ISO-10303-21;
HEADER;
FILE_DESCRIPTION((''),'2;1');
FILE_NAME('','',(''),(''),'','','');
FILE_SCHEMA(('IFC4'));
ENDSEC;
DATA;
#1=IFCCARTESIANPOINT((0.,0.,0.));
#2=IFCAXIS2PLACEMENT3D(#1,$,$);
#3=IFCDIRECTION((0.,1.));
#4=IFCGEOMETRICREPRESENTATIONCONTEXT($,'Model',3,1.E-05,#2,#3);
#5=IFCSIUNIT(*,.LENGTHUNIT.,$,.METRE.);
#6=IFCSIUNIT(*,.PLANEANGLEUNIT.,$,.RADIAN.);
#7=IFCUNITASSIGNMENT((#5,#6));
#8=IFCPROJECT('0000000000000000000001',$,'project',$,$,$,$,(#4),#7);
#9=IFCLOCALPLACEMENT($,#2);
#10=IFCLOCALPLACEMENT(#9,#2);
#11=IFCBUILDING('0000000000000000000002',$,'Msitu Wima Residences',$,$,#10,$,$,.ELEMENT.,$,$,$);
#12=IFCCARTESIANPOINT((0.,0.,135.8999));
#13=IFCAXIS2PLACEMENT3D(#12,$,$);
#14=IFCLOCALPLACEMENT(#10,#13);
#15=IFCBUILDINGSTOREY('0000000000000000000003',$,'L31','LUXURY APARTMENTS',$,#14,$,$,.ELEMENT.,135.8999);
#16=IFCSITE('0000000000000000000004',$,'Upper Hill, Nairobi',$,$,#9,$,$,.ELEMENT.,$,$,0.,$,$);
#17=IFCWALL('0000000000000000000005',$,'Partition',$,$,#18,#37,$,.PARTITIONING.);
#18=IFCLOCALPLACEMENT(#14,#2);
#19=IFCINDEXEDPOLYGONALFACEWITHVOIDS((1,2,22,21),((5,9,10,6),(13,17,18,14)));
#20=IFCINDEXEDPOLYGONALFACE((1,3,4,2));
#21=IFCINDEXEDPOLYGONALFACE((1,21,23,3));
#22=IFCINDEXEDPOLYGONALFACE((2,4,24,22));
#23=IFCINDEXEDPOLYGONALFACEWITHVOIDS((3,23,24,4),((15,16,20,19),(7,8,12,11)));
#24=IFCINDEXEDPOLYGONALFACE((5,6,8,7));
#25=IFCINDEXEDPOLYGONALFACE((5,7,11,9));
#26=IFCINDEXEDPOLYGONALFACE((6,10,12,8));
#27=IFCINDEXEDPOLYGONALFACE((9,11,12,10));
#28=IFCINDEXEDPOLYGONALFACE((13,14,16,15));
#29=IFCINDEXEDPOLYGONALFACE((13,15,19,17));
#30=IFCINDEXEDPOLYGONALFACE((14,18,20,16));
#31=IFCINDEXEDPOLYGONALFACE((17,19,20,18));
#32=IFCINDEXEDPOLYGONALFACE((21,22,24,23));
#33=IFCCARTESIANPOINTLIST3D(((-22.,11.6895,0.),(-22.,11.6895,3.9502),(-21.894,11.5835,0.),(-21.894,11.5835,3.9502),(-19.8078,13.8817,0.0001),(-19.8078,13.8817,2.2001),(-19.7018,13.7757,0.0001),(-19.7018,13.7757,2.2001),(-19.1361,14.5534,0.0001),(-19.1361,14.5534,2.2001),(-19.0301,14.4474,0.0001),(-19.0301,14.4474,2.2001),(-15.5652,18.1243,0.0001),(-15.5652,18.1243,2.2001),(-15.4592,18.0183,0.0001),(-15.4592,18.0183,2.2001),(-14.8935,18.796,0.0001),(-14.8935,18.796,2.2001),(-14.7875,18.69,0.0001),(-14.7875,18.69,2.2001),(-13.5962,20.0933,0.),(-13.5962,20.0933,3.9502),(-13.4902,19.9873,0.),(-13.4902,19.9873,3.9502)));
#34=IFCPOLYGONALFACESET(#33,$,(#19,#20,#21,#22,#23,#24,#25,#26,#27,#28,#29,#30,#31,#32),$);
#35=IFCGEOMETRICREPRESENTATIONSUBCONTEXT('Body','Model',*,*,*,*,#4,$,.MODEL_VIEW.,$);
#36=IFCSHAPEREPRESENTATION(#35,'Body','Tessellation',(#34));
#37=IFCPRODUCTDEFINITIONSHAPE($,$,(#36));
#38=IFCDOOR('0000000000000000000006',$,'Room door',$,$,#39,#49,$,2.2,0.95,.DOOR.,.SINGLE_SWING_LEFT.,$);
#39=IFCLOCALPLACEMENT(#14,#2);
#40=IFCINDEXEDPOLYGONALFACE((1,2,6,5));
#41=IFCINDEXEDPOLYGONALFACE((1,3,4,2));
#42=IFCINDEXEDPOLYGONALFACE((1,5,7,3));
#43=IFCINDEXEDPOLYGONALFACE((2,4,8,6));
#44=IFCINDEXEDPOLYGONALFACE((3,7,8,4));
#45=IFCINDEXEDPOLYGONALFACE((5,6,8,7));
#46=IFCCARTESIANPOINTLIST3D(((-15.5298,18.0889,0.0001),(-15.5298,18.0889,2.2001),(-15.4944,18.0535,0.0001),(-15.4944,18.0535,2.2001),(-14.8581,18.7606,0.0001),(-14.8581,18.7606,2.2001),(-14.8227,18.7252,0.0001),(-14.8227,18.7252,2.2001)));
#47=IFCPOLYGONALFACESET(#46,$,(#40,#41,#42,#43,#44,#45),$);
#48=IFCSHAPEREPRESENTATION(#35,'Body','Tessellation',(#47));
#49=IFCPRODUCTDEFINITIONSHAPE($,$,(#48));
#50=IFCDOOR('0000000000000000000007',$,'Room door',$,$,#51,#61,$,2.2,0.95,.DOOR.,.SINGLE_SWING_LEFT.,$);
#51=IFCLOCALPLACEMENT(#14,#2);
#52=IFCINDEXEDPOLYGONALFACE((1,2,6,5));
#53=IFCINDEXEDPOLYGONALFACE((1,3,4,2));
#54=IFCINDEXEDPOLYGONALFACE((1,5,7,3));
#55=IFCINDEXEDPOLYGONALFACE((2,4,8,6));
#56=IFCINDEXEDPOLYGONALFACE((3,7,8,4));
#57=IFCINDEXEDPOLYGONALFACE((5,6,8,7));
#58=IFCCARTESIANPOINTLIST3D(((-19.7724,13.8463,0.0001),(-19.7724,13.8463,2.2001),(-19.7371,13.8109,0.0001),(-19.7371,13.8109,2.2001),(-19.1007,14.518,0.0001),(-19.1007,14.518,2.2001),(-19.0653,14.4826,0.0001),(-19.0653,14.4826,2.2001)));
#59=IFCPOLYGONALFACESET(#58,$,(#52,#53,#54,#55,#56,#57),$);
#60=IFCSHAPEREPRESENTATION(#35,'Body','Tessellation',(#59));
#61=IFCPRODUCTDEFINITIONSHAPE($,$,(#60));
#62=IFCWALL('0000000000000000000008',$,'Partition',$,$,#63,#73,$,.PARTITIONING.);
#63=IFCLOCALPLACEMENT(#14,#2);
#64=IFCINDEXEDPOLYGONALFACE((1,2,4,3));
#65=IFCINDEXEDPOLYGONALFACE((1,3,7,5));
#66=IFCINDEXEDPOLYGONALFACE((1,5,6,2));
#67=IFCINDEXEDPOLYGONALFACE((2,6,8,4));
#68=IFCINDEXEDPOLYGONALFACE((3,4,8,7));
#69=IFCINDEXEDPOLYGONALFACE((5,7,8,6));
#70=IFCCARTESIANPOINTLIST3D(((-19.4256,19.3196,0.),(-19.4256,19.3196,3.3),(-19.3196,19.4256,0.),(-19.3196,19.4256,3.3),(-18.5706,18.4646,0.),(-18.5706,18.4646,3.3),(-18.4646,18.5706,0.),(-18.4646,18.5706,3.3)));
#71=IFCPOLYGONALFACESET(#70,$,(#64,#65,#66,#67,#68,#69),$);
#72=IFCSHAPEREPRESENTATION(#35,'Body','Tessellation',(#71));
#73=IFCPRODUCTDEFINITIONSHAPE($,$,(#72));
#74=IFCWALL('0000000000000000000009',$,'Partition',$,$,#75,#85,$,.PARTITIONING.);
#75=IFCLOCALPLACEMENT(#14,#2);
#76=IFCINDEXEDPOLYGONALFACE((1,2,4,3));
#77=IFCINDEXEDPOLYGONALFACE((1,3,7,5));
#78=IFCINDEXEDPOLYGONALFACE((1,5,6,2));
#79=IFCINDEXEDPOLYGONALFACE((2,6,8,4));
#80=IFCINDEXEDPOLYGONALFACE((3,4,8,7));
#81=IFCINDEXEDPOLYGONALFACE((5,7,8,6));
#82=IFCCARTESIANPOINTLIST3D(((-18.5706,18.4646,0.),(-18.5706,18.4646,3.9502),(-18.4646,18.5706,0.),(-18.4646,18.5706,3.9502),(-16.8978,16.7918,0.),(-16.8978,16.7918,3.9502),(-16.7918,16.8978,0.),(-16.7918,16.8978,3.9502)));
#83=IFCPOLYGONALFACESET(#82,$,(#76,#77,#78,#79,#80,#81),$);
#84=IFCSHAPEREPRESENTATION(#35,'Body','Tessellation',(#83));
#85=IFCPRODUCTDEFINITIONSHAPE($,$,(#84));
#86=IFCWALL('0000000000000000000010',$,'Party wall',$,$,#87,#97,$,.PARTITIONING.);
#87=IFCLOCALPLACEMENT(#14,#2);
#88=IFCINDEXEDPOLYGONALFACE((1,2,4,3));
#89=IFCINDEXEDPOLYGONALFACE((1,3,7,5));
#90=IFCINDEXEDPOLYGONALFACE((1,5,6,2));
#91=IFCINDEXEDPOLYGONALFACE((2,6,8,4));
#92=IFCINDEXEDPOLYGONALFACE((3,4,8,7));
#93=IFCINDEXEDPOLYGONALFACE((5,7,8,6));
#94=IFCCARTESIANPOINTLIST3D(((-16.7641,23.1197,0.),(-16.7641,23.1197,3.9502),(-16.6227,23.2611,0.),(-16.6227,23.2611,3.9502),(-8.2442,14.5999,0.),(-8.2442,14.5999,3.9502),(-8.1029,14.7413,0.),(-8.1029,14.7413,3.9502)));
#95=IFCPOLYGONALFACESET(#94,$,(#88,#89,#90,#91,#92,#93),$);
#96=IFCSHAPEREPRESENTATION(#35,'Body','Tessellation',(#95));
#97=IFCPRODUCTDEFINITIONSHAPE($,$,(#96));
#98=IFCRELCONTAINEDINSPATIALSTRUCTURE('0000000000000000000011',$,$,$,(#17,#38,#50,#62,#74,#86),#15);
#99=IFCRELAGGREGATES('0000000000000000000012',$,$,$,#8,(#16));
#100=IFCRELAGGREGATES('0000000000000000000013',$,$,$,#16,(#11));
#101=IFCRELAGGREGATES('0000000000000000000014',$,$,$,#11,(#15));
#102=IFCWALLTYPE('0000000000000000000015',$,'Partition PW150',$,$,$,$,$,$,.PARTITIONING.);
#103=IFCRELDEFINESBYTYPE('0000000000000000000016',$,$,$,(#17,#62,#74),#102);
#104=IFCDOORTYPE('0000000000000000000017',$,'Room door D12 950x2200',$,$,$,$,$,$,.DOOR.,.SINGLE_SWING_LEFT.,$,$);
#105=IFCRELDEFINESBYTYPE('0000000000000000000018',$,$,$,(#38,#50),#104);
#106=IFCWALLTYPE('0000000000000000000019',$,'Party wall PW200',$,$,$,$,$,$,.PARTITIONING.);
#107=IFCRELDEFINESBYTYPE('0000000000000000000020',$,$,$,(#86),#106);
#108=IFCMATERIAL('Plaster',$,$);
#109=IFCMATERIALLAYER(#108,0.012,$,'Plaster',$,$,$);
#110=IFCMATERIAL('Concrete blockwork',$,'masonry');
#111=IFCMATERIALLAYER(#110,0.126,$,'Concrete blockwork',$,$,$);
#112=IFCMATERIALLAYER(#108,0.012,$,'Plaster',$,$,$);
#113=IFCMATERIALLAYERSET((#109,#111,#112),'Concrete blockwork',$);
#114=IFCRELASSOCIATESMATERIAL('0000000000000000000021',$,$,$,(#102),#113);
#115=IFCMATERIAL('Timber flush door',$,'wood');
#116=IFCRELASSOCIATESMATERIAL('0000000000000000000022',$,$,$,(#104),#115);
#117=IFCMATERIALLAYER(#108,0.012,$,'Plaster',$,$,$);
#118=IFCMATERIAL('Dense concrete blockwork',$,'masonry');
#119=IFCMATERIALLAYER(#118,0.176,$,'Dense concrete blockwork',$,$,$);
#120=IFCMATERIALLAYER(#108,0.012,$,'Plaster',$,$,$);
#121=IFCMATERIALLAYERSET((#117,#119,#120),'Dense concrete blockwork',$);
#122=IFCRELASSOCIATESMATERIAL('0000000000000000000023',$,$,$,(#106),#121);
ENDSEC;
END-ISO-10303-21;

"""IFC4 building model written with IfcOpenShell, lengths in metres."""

from ifc_helpers import new_model, si_unit, direction, frame, frame_2d, origin, place, context, subcontext, project, spatial, rectangle, extrude, material, layer, layer_set, type_object, element, fill, save


model = new_model("IFC4")

# Units and contexts
model_context = context("Model", 3, precision=1e-05, world=origin(), true_north=direction((0.0, 1.0)))
body_context = subcontext(model_context, "Body", "Model", "MODEL_VIEW")
ifc_project = project(units=[si_unit("LENGTHUNIT", "METRE"), si_unit("PLANEANGLEUNIT", "RADIAN")], contexts=[model_context])

# Site, building, storey
site_placement = place(None, origin())
site = spatial("IfcSite", under=ifc_project, at=site_placement, Name="Upper Hill, Nairobi", CompositionType="ELEMENT", RefElevation=0.0)
building_placement = place(site_placement, origin())
building = spatial("IfcBuilding", under=site, at=building_placement, Name="Msitu Wima Residences", CompositionType="ELEMENT")
storey_placement = place(building_placement, frame((0.0, 0.0, 135.8999)))
storey = spatial("IfcBuildingStorey", under=building, at=storey_placement, Name="L31", Description="LUXURY APARTMENTS", CompositionType="ELEMENT", Elevation=135.8999)

# Shared definitions
ifc_material_1 = material(Name="Plaster")
ifc_material_2 = material(Name="Concrete blockwork", Category="masonry")

# Shared definitions
ifc_layer_1 = layer(ifc_material_1, 0.012, Name="Plaster")
ifc_layer_2 = layer(ifc_material_2, 0.126, Name="Concrete blockwork")
ifc_layer_3 = layer(ifc_material_1, 0.012, Name="Plaster")
ifc_layer_set_1 = layer_set([ifc_layer_1, ifc_layer_2, ifc_layer_3], Name="Concrete blockwork")
wall_type_1 = type_object("IfcWallType", Name="Partition PW150", PredefinedType="PARTITIONING", material=ifc_layer_set_1)

# Wall, openings, doors
wall_1_placement = place(storey_placement, frame((-21.947, 11.6365, 0.0), z_axis=(0.0, 0.0, 1.0), x_axis=(0.707107, 0.707107, 0.0)))
wall_1 = element("IfcWall", 1, at=wall_1_placement, inside=storey, type_object=wall_type_1, Name="Partition", PredefinedType="PARTITIONING", context=body_context, shape_type="SweptSolid", body=[
    extrude(rectangle(XDim=11.8848, YDim=0.1499, at=frame_2d((5.9424, 0.0))), origin(), (0.0, 0.0, 1.0), 3.9502),
])
opening_1_placement = place(wall_1_placement, frame((9.1001, 0.0, 0.0)))
opening_1 = element("IfcOpeningElement", 2, at=opening_1_placement, cuts=wall_1, PredefinedType="OPENING", context=body_context, shape_type="SweptSolid", body=[
    extrude(rectangle(XDim=0.95, YDim=2.2, at=frame_2d((0.4751, 1.1001))), frame((0.0, 0.085, 0.0), z_axis=(0.0, -1.0, 0.0), x_axis=(1.0, 0.0, 0.0)), (0.0, 0.0, 1.0), 0.1699),
])
opening_2_placement = place(wall_1_placement, frame((3.1001, 0.0, 0.0)))
opening_2 = element("IfcOpeningElement", 3, at=opening_2_placement, cuts=wall_1, PredefinedType="OPENING", context=body_context, shape_type="SweptSolid", body=[
    extrude(rectangle(XDim=0.95, YDim=2.2, at=frame_2d((0.4751, 1.1001))), frame((0.0, 0.085, 0.0), z_axis=(0.0, -1.0, 0.0), x_axis=(1.0, 0.0, 0.0)), (0.0, 0.0, 1.0), 0.1699),
])
ifc_material_3 = material(Name="Timber flush door", Category="wood")
door_type_1 = type_object("IfcDoorType", Name="Room door D12 950x2200", OperationType="SINGLE_SWING_LEFT", PredefinedType="DOOR", material=ifc_material_3)
door_1_placement = place(opening_1_placement, origin())
door_1 = element("IfcDoor", 4, at=door_1_placement, inside=storey, type_object=door_type_1, Name="Room door", OperationType="SINGLE_SWING_LEFT", OverallHeight=2.2, OverallWidth=0.95, PredefinedType="DOOR", context=body_context, shape_type="SweptSolid", body=[
    extrude(rectangle(XDim=0.95, YDim=2.2, at=frame_2d((0.4751, 1.1001))), frame((0.0, 0.0249, 0.0), z_axis=(0.0, -1.0, 0.0), x_axis=(1.0, 0.0, 0.0)), (0.0, 0.0, 1.0), 0.05),
])
fill(opening_1, door_1)
door_2_placement = place(opening_2_placement, origin())
door_2 = element("IfcDoor", 5, at=door_2_placement, inside=storey, type_object=door_type_1, Name="Room door", OperationType="SINGLE_SWING_LEFT", OverallHeight=2.2, OverallWidth=0.95, PredefinedType="DOOR", context=body_context, shape_type="SweptSolid", body=[
    extrude(rectangle(XDim=0.95, YDim=2.2, at=frame_2d((0.4751, 1.1001))), frame((0.0, 0.0249, 0.0), z_axis=(0.0, -1.0, 0.0), x_axis=(1.0, 0.0, 0.0)), (0.0, 0.0, 1.0), 0.05),
])
fill(opening_2, door_2)

# Walls
wall_2_placement = place(storey_placement, frame((-19.3726, 19.3726, 0.0), z_axis=(0.0, 0.0, 1.0), x_axis=(0.707107, -0.707107, 0.0)))
element("IfcWall", 6, at=wall_2_placement, inside=storey, type_object=wall_type_1, Name="Partition", PredefinedType="PARTITIONING", context=body_context, shape_type="SweptSolid", body=[
    extrude(rectangle(XDim=1.2092, YDim=0.1499, at=frame_2d((0.6045, 0.0))), origin(), (0.0, 0.0, 1.0), 3.3),
])
wall_3_placement = place(storey_placement, frame((-18.5176, 18.5176, 0.0), z_axis=(0.0, 0.0, 1.0), x_axis=(0.707107, -0.707107, 0.0)))
element("IfcWall", 7, at=wall_3_placement, inside=storey, type_object=wall_type_1, Name="Partition", PredefinedType="PARTITIONING", context=body_context, shape_type="SweptSolid", body=[
    extrude(rectangle(XDim=2.3657, YDim=0.1499, at=frame_2d((1.1829, 0.0))), origin(), (0.0, 0.0, 1.0), 3.9502),
])
ifc_layer_4 = layer(ifc_material_1, 0.012, Name="Plaster")
ifc_material_4 = material(Name="Dense concrete blockwork", Category="masonry")
ifc_layer_5 = layer(ifc_material_4, 0.176, Name="Dense concrete blockwork")
ifc_layer_6 = layer(ifc_material_1, 0.012, Name="Plaster")
ifc_layer_set_2 = layer_set([ifc_layer_4, ifc_layer_5, ifc_layer_6], Name="Dense concrete blockwork")
wall_type_2 = type_object("IfcWallType", Name="Party wall PW200", PredefinedType="PARTITIONING", material=ifc_layer_set_2)
wall_4_placement = place(storey_placement, frame((-16.6934, 23.1904, 0.0), z_axis=(0.0, 0.0, 1.0), x_axis=(0.707107, -0.707107, 0.0)))
element("IfcWall", 8, at=wall_4_placement, inside=storey, type_object=wall_type_2, Name="Party wall", PredefinedType="PARTITIONING", context=body_context, shape_type="SweptSolid", body=[
    extrude(rectangle(XDim=12.0488, YDim=0.2, at=frame_2d((6.0244, 0.0))), origin(), (0.0, 0.0, 1.0), 3.9502),
])

save(model, "model.ifc")
